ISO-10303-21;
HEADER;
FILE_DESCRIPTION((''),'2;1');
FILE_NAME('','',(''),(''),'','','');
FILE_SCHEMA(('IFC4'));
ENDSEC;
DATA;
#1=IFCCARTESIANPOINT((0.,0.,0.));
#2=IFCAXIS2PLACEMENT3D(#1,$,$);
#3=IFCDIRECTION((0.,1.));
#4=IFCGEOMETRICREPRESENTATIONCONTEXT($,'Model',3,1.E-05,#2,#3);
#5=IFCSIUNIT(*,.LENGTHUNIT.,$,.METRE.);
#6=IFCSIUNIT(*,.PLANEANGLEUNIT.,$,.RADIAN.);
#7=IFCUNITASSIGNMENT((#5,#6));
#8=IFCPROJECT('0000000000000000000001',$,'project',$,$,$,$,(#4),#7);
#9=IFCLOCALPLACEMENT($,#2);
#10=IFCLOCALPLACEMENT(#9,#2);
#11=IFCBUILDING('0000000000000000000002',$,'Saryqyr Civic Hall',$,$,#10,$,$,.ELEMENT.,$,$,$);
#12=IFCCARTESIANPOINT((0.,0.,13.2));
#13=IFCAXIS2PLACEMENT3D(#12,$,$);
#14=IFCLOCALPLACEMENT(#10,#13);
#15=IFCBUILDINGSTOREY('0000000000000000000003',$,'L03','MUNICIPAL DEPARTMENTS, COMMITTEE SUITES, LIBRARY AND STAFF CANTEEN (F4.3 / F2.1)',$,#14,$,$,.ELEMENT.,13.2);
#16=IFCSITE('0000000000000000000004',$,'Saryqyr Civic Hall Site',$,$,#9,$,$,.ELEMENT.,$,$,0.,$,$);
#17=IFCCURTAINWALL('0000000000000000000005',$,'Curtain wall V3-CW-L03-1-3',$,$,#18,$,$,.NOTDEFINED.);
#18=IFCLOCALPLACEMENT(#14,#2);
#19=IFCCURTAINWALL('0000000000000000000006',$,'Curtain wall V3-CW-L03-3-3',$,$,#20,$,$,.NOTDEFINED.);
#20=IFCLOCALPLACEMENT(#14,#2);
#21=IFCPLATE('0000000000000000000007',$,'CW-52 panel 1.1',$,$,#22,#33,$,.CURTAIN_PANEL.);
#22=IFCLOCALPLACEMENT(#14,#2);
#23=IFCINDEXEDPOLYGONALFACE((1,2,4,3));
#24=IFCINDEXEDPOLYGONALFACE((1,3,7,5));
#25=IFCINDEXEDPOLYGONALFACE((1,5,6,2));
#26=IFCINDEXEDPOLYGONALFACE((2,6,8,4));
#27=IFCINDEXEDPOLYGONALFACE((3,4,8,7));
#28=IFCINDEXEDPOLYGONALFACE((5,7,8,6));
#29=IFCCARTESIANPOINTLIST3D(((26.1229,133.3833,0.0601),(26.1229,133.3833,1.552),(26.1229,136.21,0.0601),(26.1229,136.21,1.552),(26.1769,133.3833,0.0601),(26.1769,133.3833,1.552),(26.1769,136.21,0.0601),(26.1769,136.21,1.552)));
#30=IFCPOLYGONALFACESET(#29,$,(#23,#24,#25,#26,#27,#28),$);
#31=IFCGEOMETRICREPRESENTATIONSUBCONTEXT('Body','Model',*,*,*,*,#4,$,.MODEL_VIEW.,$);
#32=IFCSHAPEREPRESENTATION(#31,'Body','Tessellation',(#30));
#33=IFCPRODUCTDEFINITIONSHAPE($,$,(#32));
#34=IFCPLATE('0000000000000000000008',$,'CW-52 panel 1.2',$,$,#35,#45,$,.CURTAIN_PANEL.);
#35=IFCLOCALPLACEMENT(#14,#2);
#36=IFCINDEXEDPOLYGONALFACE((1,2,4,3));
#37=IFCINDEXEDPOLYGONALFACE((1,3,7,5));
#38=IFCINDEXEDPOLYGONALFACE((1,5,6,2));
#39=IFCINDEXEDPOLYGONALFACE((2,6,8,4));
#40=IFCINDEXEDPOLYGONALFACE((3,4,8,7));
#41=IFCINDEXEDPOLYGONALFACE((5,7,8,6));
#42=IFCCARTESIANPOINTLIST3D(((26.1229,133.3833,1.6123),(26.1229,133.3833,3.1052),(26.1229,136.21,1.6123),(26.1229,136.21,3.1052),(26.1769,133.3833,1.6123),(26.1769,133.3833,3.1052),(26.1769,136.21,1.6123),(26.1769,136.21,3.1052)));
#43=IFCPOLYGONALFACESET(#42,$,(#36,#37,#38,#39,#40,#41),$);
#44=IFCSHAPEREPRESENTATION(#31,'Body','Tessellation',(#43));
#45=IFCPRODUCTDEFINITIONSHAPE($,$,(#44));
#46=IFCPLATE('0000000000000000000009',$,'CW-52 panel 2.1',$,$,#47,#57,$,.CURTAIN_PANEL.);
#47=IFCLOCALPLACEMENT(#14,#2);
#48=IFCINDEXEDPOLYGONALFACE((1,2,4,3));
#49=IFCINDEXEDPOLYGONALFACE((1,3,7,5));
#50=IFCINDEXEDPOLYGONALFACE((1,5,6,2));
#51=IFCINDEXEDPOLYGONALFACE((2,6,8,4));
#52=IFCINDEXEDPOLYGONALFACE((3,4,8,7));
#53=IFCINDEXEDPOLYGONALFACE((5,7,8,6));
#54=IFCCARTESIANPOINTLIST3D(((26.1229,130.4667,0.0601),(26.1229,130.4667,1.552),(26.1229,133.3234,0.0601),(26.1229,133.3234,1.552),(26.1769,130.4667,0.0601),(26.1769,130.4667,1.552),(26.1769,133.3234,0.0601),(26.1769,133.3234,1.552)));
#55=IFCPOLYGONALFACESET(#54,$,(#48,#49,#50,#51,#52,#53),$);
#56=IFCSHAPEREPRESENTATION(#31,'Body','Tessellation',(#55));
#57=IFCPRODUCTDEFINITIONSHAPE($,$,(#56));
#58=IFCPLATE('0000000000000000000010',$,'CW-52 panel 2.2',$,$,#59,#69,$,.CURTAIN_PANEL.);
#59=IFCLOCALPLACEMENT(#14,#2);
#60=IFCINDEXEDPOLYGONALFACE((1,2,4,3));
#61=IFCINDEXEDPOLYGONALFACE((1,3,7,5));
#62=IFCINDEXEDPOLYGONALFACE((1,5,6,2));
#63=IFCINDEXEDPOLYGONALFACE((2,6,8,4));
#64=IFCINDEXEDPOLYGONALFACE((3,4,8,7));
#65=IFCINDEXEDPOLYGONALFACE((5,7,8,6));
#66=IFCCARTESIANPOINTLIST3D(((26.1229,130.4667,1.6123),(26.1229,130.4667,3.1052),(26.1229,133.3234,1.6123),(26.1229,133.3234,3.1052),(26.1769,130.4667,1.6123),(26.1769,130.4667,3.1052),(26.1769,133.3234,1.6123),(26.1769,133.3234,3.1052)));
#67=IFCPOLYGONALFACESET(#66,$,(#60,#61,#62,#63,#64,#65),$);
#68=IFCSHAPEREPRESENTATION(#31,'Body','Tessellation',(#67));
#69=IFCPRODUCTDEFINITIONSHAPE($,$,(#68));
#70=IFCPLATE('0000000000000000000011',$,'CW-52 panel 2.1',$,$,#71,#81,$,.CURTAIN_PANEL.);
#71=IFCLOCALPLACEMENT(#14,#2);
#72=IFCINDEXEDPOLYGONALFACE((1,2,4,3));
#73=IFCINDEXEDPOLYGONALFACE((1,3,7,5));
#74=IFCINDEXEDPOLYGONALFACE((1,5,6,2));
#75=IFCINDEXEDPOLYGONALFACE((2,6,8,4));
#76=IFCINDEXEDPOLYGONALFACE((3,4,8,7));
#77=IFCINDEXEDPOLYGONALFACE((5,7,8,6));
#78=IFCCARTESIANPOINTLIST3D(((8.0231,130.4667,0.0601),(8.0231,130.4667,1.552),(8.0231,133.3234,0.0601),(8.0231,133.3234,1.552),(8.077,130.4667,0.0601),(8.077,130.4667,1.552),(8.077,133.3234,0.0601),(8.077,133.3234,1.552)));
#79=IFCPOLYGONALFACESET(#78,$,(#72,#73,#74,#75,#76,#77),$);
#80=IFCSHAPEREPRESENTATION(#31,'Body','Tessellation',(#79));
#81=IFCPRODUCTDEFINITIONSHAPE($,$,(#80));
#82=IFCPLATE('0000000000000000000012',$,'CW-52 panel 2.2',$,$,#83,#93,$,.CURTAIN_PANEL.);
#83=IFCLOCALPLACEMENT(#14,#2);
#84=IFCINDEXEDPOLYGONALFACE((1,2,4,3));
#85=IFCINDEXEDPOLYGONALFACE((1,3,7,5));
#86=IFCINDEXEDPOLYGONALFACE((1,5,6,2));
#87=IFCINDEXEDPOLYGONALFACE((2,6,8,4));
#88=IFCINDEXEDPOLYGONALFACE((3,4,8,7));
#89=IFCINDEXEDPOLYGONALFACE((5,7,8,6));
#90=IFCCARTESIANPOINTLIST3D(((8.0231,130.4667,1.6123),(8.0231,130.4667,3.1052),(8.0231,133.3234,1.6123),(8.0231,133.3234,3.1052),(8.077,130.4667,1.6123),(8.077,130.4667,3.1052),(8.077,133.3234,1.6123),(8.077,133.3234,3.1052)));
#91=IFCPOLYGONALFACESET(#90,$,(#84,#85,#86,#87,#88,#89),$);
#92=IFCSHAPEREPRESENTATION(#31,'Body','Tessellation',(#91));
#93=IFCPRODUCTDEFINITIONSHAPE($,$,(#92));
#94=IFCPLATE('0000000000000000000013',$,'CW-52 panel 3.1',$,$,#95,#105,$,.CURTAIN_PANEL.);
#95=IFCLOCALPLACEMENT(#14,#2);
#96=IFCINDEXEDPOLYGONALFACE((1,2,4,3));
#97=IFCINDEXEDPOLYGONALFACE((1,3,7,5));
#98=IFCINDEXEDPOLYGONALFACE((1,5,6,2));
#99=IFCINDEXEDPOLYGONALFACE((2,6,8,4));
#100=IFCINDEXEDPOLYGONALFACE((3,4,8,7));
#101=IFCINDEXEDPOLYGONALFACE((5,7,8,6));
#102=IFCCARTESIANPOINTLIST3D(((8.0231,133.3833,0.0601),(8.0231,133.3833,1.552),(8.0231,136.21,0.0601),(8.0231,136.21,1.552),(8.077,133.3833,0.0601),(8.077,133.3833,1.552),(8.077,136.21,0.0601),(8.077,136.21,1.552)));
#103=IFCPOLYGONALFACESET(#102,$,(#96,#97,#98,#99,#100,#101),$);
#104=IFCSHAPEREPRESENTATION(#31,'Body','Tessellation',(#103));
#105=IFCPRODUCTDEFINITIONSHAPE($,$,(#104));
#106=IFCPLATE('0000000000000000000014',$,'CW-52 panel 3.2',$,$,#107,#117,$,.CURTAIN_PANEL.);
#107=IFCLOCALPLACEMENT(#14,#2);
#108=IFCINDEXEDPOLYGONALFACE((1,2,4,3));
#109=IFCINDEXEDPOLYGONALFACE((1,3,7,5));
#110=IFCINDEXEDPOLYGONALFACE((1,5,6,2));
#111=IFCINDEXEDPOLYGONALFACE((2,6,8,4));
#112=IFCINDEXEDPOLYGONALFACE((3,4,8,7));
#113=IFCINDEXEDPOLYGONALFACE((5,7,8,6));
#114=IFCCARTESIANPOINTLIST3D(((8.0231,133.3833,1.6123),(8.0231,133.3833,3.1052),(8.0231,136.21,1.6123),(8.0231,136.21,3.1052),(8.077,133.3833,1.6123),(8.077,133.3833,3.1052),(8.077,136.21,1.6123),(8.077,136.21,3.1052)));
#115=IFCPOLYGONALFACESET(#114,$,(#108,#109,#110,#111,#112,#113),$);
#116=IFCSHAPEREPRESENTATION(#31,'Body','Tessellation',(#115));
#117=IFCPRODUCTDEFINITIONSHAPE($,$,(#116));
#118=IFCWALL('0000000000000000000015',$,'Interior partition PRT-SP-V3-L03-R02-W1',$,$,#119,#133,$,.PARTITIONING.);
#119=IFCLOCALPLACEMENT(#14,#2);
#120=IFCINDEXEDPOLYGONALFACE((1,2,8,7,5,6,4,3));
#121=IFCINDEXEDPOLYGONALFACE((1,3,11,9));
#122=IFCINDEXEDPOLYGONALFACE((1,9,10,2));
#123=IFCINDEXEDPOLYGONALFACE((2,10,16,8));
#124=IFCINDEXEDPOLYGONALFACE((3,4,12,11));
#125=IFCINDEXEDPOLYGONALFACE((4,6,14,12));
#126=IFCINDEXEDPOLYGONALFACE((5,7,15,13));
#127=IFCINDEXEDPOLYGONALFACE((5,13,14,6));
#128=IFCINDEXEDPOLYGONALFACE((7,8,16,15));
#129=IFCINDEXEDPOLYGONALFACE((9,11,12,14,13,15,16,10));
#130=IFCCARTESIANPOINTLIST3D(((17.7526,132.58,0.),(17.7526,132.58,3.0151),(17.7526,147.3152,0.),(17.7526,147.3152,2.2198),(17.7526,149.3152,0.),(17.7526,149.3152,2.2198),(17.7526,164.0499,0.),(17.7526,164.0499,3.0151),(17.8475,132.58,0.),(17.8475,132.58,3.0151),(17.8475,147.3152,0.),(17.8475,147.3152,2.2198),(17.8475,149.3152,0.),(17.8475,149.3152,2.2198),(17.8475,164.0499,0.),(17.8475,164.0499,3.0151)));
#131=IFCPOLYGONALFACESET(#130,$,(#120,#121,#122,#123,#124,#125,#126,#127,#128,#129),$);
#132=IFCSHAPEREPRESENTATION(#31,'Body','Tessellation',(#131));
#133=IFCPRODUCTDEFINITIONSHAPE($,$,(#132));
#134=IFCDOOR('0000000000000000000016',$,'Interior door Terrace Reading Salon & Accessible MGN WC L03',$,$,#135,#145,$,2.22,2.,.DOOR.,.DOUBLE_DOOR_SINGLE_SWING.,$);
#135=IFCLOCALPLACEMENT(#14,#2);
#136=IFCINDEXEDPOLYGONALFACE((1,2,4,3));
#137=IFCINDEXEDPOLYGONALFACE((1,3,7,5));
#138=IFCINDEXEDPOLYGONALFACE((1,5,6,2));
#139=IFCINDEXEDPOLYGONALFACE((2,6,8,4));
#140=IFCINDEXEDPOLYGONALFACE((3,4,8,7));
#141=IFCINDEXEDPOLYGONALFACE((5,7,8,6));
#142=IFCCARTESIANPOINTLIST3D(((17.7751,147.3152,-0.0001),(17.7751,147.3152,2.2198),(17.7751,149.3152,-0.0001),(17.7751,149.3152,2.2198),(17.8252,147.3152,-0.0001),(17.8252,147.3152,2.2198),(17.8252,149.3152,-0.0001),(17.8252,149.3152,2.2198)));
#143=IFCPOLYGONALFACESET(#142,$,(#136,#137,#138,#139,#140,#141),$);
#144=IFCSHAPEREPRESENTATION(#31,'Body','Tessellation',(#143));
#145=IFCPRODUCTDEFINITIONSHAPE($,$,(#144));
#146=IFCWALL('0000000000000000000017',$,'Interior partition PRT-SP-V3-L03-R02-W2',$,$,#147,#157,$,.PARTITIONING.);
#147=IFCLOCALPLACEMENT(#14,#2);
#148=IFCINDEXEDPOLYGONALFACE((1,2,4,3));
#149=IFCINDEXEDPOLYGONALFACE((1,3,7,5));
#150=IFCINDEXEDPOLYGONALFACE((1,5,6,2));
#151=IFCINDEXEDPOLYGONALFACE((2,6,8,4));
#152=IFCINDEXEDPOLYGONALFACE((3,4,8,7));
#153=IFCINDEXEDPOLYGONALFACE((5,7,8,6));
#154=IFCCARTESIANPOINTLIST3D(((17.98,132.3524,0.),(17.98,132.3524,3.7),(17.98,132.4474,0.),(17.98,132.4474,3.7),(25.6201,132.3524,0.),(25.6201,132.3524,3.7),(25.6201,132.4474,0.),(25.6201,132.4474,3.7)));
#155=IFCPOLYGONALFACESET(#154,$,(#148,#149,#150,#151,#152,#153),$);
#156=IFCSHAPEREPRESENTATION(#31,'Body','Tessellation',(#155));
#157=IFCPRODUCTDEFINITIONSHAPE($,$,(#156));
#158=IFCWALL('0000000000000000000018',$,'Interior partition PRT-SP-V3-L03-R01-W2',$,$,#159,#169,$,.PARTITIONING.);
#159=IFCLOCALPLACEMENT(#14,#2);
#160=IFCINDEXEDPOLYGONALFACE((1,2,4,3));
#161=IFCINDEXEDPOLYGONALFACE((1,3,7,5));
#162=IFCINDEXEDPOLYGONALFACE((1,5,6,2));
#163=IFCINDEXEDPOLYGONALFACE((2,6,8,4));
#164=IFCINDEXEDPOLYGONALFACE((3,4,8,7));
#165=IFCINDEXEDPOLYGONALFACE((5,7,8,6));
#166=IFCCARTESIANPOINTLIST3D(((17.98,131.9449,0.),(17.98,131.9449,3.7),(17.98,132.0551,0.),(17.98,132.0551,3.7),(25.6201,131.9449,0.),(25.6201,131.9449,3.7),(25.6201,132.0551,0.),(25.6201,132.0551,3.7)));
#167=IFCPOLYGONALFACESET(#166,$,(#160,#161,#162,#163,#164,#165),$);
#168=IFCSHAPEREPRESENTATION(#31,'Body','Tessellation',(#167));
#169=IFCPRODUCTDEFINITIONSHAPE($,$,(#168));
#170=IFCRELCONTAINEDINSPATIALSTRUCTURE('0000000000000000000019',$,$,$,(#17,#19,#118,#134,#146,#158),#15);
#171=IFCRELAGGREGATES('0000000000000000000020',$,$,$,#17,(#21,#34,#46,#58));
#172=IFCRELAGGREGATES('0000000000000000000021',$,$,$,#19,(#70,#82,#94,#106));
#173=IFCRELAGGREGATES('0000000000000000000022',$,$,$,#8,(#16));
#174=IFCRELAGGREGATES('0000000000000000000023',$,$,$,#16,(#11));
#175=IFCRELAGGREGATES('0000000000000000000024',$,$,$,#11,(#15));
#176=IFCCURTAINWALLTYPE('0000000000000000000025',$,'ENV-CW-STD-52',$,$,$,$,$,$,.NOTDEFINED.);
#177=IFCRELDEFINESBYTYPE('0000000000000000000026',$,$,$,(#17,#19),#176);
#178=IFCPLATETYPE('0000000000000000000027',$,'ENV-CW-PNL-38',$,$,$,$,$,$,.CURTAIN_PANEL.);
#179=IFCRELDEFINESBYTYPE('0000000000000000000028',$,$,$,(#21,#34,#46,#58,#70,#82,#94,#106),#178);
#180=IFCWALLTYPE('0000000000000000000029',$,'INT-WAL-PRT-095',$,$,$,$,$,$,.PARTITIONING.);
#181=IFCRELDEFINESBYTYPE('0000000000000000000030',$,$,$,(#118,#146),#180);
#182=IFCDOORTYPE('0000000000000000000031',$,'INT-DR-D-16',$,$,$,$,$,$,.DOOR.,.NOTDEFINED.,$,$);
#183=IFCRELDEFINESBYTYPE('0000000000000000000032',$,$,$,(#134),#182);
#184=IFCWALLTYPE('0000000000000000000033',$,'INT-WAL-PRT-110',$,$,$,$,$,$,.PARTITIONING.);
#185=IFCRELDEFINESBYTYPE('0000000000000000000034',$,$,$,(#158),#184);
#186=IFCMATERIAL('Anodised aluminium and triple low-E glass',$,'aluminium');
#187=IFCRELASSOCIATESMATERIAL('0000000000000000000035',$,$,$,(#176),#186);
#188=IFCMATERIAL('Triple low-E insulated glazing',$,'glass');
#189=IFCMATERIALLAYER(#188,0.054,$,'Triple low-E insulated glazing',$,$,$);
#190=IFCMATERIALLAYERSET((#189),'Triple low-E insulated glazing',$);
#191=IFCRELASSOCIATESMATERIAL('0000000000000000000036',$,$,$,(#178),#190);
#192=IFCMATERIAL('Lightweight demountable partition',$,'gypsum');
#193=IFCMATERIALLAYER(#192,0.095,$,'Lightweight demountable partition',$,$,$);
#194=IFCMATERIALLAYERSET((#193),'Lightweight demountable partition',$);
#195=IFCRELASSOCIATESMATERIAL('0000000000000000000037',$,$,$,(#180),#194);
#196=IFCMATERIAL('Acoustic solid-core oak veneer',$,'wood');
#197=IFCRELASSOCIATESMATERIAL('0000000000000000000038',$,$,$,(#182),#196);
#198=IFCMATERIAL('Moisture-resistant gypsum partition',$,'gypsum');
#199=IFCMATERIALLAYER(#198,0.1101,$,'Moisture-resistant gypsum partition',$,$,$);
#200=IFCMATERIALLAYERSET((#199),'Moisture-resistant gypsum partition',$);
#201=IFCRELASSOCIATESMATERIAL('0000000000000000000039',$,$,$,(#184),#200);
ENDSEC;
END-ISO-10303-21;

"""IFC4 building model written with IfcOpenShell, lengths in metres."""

from ifc_helpers import new_model, si_unit, direction, frame, frame_2d, origin, origin_2d, place, context, subcontext, project, spatial, rectangle, extrude, material, layer, layer_set, type_object, element, fill, aggregate, save


model = new_model("IFC4")

# Units and contexts
model_context = context("Model", 3, precision=1e-05, world=origin(), true_north=direction((0.0, 1.0)))
body_context = subcontext(model_context, "Body", "Model", "MODEL_VIEW")
ifc_project = project(units=[si_unit("LENGTHUNIT", "METRE"), si_unit("PLANEANGLEUNIT", "RADIAN")], contexts=[model_context])

# Site, building, storey
site_placement = place(None, origin())
site = spatial("IfcSite", under=ifc_project, at=site_placement, Name="Saryqyr Civic Hall Site", CompositionType="ELEMENT", RefElevation=0.0)
building_placement = place(site_placement, origin())
building = spatial("IfcBuilding", under=site, at=building_placement, Name="Saryqyr Civic Hall", CompositionType="ELEMENT")
storey_placement = place(building_placement, frame((0.0, 0.0, 13.2)))
storey = spatial("IfcBuildingStorey", under=building, at=storey_placement, Name="L03", Description="MUNICIPAL DEPARTMENTS, COMMITTEE SUITES, LIBRARY AND STAFF CANTEEN (F4.3 / F2.1)", CompositionType="ELEMENT", Elevation=13.2)

# Curtain walls
ifc_material_1 = material(Name="Anodised aluminium and triple low-E glass", Category="aluminium")
curtain_wall_type = type_object("IfcCurtainWallType", Name="ENV-CW-STD-52", PredefinedType="NOTDEFINED", material=ifc_material_1)
curtain_wall_1_placement = place(storey_placement, origin())
curtain_wall_1 = element("IfcCurtainWall", 1, at=curtain_wall_1_placement, inside=storey, type_object=curtain_wall_type, Name="Curtain wall V3-CW-L03-1-3", PredefinedType="NOTDEFINED")
curtain_wall_2_placement = place(storey_placement, origin())
curtain_wall_2 = element("IfcCurtainWall", 2, at=curtain_wall_2_placement, inside=storey, type_object=curtain_wall_type, Name="Curtain wall V3-CW-L03-3-3", PredefinedType="NOTDEFINED")

# Plates
ifc_material_2 = material(Name="Triple low-E insulated glazing", Category="glass")
ifc_layer_1 = layer(ifc_material_2, 0.054, Name="Triple low-E insulated glazing")
ifc_layer_set_1 = layer_set([ifc_layer_1], Name="Triple low-E insulated glazing")
plate_type = type_object("IfcPlateType", Name="ENV-CW-PNL-38", PredefinedType="CURTAIN_PANEL", material=ifc_layer_set_1)
plate_1_placement = place(storey_placement, frame((26.1499, 134.7966, 0.0601), z_axis=(0.0, 0.0, 1.0), x_axis=(0.0, -1.0, 0.0)))
plate_1 = element("IfcPlate", 3, at=plate_1_placement, type_object=plate_type, Name="CW-52 panel 1.1", PredefinedType="CURTAIN_PANEL", context=body_context, shape_type="SweptSolid", body=[
    extrude(rectangle(XDim=2.8267, YDim=0.054, at=origin_2d()), origin(), (0.0, 0.0, 1.0), 1.4919),
])
plate_2_placement = place(storey_placement, frame((26.1499, 134.7966, 1.6123), z_axis=(0.0, 0.0, 1.0), x_axis=(0.0, -1.0, 0.0)))
plate_2 = element("IfcPlate", 4, at=plate_2_placement, type_object=plate_type, Name="CW-52 panel 1.2", PredefinedType="CURTAIN_PANEL", context=body_context, shape_type="SweptSolid", body=[
    extrude(rectangle(XDim=2.8267, YDim=0.054, at=origin_2d()), origin(), (0.0, 0.0, 1.0), 1.4929),
])
plate_3_placement = place(storey_placement, frame((26.1499, 131.895, 0.0601), z_axis=(0.0, 0.0, 1.0), x_axis=(0.0, -1.0, 0.0)))
plate_3 = element("IfcPlate", 5, at=plate_3_placement, type_object=plate_type, Name="CW-52 panel 2.1", PredefinedType="CURTAIN_PANEL", context=body_context, shape_type="SweptSolid", body=[
    extrude(rectangle(XDim=2.8567, YDim=0.054, at=origin_2d()), origin(), (0.0, 0.0, 1.0), 1.4919),
])
plate_4_placement = place(storey_placement, frame((26.1499, 131.895, 1.6123), z_axis=(0.0, 0.0, 1.0), x_axis=(0.0, -1.0, 0.0)))
plate_4 = element("IfcPlate", 6, at=plate_4_placement, type_object=plate_type, Name="CW-52 panel 2.2", PredefinedType="CURTAIN_PANEL", context=body_context, shape_type="SweptSolid", body=[
    extrude(rectangle(XDim=2.8567, YDim=0.054, at=origin_2d()), origin(), (0.0, 0.0, 1.0), 1.4929),
])
aggregate(curtain_wall_1, [plate_1, plate_2, plate_3, plate_4])
plate_5_placement = place(storey_placement, frame((8.05, 131.895, 0.0601), z_axis=(0.0, 0.0, 1.0), x_axis=(0.0, 1.0, 0.0)))
plate_5 = element("IfcPlate", 7, at=plate_5_placement, type_object=plate_type, Name="CW-52 panel 2.1", PredefinedType="CURTAIN_PANEL", context=body_context, shape_type="SweptSolid", body=[
    extrude(rectangle(XDim=2.8567, YDim=0.054, at=origin_2d()), origin(), (0.0, 0.0, 1.0), 1.4919),
])
plate_6_placement = place(storey_placement, frame((8.05, 131.895, 1.6123), z_axis=(0.0, 0.0, 1.0), x_axis=(0.0, 1.0, 0.0)))
plate_6 = element("IfcPlate", 8, at=plate_6_placement, type_object=plate_type, Name="CW-52 panel 2.2", PredefinedType="CURTAIN_PANEL", context=body_context, shape_type="SweptSolid", body=[
    extrude(rectangle(XDim=2.8567, YDim=0.054, at=origin_2d()), origin(), (0.0, 0.0, 1.0), 1.4929),
])
plate_7_placement = place(storey_placement, frame((8.05, 134.7966, 0.0601), z_axis=(0.0, 0.0, 1.0), x_axis=(0.0, 1.0, 0.0)))
plate_7 = element("IfcPlate", 9, at=plate_7_placement, type_object=plate_type, Name="CW-52 panel 3.1", PredefinedType="CURTAIN_PANEL", context=body_context, shape_type="SweptSolid", body=[
    extrude(rectangle(XDim=2.8267, YDim=0.054, at=origin_2d()), origin(), (0.0, 0.0, 1.0), 1.4919),
])
plate_8_placement = place(storey_placement, frame((8.05, 134.7966, 1.6123), z_axis=(0.0, 0.0, 1.0), x_axis=(0.0, 1.0, 0.0)))
plate_8 = element("IfcPlate", 10, at=plate_8_placement, type_object=plate_type, Name="CW-52 panel 3.2", PredefinedType="CURTAIN_PANEL", context=body_context, shape_type="SweptSolid", body=[
    extrude(rectangle(XDim=2.8267, YDim=0.054, at=origin_2d()), origin(), (0.0, 0.0, 1.0), 1.4929),
])
aggregate(curtain_wall_2, [plate_5, plate_6, plate_7, plate_8])

# Wall, opening, door
ifc_material_3 = material(Name="Lightweight demountable partition", Category="gypsum")
ifc_layer_2 = layer(ifc_material_3, 0.095, Name="Lightweight demountable partition")
ifc_layer_set_2 = layer_set([ifc_layer_2], Name="Lightweight demountable partition")
wall_type_1 = type_object("IfcWallType", Name="INT-WAL-PRT-095", PredefinedType="PARTITIONING", material=ifc_layer_set_2)
wall_1_placement = place(storey_placement, frame((17.8, 132.5801, 0.0), z_axis=(0.0, 0.0, 1.0), x_axis=(0.0, 1.0, 0.0)))
wall_1 = element("IfcWall", 11, at=wall_1_placement, inside=storey, type_object=wall_type_1, Name="Interior partition PRT-SP-V3-L03-R02-W1", PredefinedType="PARTITIONING", context=body_context, shape_type="SweptSolid", body=[
    extrude(rectangle(XDim=31.47, YDim=0.095, at=frame_2d((15.7349, 0.0))), origin(), (0.0, 0.0, 1.0), 3.0151),
])
opening_placement = place(wall_1_placement, frame((14.7351, 0.0, 0.0)))
opening = element("IfcOpeningElement", 12, at=opening_placement, cuts=wall_1, PredefinedType="OPENING", context=body_context, shape_type="SweptSolid", body=[
    extrude(rectangle(XDim=2.0, YDim=2.22, at=frame_2d((1.0, 1.1099))), frame((0.0, 0.0574, 0.0), z_axis=(0.0, -1.0, 0.0), x_axis=(1.0, 0.0, 0.0)), (0.0, 0.0, 1.0), 0.115),
])
ifc_material_4 = material(Name="Acoustic solid-core oak veneer", Category="wood")
door_type = type_object("IfcDoorType", Name="INT-DR-D-16", OperationType="NOTDEFINED", PredefinedType="DOOR", material=ifc_material_4)
door_placement = place(opening_placement, origin())
door = element("IfcDoor", 13, at=door_placement, inside=storey, type_object=door_type, Name="Interior door Terrace Reading Salon & Accessible MGN WC L03", OperationType="DOUBLE_DOOR_SINGLE_SWING", OverallHeight=2.22, OverallWidth=2.0, PredefinedType="DOOR", context=body_context, shape_type="SweptSolid", body=[
    extrude(rectangle(XDim=2.0, YDim=2.22, at=frame_2d((1.0, 1.1099))), frame((0.0, 0.0249, 0.0), z_axis=(0.0, -1.0, 0.0), x_axis=(1.0, 0.0, 0.0)), (0.0, 0.0, 1.0), 0.05),
])
fill(opening, door)

# Walls
wall_2_placement = place(storey_placement, frame((25.6201, 132.3999, 0.0), z_axis=(0.0, 0.0, 1.0), x_axis=(-1.0, 0.0, 0.0)))
element("IfcWall", 14, at=wall_2_placement, inside=storey, type_object=wall_type_1, Name="Interior partition PRT-SP-V3-L03-R02-W2", PredefinedType="PARTITIONING", context=body_context, shape_type="SweptSolid", body=[
    extrude(rectangle(XDim=7.6401, YDim=0.095, at=frame_2d((3.8201, 0.0))), origin(), (0.0, 0.0, 1.0), 3.7),
])
ifc_material_5 = material(Name="Moisture-resistant gypsum partition", Category="gypsum")
ifc_layer_3 = layer(ifc_material_5, 0.1101, Name="Moisture-resistant gypsum partition")
ifc_layer_set_3 = layer_set([ifc_layer_3], Name="Moisture-resistant gypsum partition")
wall_type_2 = type_object("IfcWallType", Name="INT-WAL-PRT-110", PredefinedType="PARTITIONING", material=ifc_layer_set_3)
wall_3_placement = place(storey_placement, frame((17.98, 132.0, 0.0), z_axis=(0.0, 0.0, 1.0), x_axis=(1.0, 0.0, 0.0)))
element("IfcWall", 15, at=wall_3_placement, inside=storey, type_object=wall_type_2, Name="Interior partition PRT-SP-V3-L03-R01-W2", PredefinedType="PARTITIONING", context=body_context, shape_type="SweptSolid", body=[
    extrude(rectangle(XDim=7.6401, YDim=0.1101, at=frame_2d((3.8201, 0.0))), origin(), (0.0, 0.0, 1.0), 3.7),
])

save(model, "model.ifc")
